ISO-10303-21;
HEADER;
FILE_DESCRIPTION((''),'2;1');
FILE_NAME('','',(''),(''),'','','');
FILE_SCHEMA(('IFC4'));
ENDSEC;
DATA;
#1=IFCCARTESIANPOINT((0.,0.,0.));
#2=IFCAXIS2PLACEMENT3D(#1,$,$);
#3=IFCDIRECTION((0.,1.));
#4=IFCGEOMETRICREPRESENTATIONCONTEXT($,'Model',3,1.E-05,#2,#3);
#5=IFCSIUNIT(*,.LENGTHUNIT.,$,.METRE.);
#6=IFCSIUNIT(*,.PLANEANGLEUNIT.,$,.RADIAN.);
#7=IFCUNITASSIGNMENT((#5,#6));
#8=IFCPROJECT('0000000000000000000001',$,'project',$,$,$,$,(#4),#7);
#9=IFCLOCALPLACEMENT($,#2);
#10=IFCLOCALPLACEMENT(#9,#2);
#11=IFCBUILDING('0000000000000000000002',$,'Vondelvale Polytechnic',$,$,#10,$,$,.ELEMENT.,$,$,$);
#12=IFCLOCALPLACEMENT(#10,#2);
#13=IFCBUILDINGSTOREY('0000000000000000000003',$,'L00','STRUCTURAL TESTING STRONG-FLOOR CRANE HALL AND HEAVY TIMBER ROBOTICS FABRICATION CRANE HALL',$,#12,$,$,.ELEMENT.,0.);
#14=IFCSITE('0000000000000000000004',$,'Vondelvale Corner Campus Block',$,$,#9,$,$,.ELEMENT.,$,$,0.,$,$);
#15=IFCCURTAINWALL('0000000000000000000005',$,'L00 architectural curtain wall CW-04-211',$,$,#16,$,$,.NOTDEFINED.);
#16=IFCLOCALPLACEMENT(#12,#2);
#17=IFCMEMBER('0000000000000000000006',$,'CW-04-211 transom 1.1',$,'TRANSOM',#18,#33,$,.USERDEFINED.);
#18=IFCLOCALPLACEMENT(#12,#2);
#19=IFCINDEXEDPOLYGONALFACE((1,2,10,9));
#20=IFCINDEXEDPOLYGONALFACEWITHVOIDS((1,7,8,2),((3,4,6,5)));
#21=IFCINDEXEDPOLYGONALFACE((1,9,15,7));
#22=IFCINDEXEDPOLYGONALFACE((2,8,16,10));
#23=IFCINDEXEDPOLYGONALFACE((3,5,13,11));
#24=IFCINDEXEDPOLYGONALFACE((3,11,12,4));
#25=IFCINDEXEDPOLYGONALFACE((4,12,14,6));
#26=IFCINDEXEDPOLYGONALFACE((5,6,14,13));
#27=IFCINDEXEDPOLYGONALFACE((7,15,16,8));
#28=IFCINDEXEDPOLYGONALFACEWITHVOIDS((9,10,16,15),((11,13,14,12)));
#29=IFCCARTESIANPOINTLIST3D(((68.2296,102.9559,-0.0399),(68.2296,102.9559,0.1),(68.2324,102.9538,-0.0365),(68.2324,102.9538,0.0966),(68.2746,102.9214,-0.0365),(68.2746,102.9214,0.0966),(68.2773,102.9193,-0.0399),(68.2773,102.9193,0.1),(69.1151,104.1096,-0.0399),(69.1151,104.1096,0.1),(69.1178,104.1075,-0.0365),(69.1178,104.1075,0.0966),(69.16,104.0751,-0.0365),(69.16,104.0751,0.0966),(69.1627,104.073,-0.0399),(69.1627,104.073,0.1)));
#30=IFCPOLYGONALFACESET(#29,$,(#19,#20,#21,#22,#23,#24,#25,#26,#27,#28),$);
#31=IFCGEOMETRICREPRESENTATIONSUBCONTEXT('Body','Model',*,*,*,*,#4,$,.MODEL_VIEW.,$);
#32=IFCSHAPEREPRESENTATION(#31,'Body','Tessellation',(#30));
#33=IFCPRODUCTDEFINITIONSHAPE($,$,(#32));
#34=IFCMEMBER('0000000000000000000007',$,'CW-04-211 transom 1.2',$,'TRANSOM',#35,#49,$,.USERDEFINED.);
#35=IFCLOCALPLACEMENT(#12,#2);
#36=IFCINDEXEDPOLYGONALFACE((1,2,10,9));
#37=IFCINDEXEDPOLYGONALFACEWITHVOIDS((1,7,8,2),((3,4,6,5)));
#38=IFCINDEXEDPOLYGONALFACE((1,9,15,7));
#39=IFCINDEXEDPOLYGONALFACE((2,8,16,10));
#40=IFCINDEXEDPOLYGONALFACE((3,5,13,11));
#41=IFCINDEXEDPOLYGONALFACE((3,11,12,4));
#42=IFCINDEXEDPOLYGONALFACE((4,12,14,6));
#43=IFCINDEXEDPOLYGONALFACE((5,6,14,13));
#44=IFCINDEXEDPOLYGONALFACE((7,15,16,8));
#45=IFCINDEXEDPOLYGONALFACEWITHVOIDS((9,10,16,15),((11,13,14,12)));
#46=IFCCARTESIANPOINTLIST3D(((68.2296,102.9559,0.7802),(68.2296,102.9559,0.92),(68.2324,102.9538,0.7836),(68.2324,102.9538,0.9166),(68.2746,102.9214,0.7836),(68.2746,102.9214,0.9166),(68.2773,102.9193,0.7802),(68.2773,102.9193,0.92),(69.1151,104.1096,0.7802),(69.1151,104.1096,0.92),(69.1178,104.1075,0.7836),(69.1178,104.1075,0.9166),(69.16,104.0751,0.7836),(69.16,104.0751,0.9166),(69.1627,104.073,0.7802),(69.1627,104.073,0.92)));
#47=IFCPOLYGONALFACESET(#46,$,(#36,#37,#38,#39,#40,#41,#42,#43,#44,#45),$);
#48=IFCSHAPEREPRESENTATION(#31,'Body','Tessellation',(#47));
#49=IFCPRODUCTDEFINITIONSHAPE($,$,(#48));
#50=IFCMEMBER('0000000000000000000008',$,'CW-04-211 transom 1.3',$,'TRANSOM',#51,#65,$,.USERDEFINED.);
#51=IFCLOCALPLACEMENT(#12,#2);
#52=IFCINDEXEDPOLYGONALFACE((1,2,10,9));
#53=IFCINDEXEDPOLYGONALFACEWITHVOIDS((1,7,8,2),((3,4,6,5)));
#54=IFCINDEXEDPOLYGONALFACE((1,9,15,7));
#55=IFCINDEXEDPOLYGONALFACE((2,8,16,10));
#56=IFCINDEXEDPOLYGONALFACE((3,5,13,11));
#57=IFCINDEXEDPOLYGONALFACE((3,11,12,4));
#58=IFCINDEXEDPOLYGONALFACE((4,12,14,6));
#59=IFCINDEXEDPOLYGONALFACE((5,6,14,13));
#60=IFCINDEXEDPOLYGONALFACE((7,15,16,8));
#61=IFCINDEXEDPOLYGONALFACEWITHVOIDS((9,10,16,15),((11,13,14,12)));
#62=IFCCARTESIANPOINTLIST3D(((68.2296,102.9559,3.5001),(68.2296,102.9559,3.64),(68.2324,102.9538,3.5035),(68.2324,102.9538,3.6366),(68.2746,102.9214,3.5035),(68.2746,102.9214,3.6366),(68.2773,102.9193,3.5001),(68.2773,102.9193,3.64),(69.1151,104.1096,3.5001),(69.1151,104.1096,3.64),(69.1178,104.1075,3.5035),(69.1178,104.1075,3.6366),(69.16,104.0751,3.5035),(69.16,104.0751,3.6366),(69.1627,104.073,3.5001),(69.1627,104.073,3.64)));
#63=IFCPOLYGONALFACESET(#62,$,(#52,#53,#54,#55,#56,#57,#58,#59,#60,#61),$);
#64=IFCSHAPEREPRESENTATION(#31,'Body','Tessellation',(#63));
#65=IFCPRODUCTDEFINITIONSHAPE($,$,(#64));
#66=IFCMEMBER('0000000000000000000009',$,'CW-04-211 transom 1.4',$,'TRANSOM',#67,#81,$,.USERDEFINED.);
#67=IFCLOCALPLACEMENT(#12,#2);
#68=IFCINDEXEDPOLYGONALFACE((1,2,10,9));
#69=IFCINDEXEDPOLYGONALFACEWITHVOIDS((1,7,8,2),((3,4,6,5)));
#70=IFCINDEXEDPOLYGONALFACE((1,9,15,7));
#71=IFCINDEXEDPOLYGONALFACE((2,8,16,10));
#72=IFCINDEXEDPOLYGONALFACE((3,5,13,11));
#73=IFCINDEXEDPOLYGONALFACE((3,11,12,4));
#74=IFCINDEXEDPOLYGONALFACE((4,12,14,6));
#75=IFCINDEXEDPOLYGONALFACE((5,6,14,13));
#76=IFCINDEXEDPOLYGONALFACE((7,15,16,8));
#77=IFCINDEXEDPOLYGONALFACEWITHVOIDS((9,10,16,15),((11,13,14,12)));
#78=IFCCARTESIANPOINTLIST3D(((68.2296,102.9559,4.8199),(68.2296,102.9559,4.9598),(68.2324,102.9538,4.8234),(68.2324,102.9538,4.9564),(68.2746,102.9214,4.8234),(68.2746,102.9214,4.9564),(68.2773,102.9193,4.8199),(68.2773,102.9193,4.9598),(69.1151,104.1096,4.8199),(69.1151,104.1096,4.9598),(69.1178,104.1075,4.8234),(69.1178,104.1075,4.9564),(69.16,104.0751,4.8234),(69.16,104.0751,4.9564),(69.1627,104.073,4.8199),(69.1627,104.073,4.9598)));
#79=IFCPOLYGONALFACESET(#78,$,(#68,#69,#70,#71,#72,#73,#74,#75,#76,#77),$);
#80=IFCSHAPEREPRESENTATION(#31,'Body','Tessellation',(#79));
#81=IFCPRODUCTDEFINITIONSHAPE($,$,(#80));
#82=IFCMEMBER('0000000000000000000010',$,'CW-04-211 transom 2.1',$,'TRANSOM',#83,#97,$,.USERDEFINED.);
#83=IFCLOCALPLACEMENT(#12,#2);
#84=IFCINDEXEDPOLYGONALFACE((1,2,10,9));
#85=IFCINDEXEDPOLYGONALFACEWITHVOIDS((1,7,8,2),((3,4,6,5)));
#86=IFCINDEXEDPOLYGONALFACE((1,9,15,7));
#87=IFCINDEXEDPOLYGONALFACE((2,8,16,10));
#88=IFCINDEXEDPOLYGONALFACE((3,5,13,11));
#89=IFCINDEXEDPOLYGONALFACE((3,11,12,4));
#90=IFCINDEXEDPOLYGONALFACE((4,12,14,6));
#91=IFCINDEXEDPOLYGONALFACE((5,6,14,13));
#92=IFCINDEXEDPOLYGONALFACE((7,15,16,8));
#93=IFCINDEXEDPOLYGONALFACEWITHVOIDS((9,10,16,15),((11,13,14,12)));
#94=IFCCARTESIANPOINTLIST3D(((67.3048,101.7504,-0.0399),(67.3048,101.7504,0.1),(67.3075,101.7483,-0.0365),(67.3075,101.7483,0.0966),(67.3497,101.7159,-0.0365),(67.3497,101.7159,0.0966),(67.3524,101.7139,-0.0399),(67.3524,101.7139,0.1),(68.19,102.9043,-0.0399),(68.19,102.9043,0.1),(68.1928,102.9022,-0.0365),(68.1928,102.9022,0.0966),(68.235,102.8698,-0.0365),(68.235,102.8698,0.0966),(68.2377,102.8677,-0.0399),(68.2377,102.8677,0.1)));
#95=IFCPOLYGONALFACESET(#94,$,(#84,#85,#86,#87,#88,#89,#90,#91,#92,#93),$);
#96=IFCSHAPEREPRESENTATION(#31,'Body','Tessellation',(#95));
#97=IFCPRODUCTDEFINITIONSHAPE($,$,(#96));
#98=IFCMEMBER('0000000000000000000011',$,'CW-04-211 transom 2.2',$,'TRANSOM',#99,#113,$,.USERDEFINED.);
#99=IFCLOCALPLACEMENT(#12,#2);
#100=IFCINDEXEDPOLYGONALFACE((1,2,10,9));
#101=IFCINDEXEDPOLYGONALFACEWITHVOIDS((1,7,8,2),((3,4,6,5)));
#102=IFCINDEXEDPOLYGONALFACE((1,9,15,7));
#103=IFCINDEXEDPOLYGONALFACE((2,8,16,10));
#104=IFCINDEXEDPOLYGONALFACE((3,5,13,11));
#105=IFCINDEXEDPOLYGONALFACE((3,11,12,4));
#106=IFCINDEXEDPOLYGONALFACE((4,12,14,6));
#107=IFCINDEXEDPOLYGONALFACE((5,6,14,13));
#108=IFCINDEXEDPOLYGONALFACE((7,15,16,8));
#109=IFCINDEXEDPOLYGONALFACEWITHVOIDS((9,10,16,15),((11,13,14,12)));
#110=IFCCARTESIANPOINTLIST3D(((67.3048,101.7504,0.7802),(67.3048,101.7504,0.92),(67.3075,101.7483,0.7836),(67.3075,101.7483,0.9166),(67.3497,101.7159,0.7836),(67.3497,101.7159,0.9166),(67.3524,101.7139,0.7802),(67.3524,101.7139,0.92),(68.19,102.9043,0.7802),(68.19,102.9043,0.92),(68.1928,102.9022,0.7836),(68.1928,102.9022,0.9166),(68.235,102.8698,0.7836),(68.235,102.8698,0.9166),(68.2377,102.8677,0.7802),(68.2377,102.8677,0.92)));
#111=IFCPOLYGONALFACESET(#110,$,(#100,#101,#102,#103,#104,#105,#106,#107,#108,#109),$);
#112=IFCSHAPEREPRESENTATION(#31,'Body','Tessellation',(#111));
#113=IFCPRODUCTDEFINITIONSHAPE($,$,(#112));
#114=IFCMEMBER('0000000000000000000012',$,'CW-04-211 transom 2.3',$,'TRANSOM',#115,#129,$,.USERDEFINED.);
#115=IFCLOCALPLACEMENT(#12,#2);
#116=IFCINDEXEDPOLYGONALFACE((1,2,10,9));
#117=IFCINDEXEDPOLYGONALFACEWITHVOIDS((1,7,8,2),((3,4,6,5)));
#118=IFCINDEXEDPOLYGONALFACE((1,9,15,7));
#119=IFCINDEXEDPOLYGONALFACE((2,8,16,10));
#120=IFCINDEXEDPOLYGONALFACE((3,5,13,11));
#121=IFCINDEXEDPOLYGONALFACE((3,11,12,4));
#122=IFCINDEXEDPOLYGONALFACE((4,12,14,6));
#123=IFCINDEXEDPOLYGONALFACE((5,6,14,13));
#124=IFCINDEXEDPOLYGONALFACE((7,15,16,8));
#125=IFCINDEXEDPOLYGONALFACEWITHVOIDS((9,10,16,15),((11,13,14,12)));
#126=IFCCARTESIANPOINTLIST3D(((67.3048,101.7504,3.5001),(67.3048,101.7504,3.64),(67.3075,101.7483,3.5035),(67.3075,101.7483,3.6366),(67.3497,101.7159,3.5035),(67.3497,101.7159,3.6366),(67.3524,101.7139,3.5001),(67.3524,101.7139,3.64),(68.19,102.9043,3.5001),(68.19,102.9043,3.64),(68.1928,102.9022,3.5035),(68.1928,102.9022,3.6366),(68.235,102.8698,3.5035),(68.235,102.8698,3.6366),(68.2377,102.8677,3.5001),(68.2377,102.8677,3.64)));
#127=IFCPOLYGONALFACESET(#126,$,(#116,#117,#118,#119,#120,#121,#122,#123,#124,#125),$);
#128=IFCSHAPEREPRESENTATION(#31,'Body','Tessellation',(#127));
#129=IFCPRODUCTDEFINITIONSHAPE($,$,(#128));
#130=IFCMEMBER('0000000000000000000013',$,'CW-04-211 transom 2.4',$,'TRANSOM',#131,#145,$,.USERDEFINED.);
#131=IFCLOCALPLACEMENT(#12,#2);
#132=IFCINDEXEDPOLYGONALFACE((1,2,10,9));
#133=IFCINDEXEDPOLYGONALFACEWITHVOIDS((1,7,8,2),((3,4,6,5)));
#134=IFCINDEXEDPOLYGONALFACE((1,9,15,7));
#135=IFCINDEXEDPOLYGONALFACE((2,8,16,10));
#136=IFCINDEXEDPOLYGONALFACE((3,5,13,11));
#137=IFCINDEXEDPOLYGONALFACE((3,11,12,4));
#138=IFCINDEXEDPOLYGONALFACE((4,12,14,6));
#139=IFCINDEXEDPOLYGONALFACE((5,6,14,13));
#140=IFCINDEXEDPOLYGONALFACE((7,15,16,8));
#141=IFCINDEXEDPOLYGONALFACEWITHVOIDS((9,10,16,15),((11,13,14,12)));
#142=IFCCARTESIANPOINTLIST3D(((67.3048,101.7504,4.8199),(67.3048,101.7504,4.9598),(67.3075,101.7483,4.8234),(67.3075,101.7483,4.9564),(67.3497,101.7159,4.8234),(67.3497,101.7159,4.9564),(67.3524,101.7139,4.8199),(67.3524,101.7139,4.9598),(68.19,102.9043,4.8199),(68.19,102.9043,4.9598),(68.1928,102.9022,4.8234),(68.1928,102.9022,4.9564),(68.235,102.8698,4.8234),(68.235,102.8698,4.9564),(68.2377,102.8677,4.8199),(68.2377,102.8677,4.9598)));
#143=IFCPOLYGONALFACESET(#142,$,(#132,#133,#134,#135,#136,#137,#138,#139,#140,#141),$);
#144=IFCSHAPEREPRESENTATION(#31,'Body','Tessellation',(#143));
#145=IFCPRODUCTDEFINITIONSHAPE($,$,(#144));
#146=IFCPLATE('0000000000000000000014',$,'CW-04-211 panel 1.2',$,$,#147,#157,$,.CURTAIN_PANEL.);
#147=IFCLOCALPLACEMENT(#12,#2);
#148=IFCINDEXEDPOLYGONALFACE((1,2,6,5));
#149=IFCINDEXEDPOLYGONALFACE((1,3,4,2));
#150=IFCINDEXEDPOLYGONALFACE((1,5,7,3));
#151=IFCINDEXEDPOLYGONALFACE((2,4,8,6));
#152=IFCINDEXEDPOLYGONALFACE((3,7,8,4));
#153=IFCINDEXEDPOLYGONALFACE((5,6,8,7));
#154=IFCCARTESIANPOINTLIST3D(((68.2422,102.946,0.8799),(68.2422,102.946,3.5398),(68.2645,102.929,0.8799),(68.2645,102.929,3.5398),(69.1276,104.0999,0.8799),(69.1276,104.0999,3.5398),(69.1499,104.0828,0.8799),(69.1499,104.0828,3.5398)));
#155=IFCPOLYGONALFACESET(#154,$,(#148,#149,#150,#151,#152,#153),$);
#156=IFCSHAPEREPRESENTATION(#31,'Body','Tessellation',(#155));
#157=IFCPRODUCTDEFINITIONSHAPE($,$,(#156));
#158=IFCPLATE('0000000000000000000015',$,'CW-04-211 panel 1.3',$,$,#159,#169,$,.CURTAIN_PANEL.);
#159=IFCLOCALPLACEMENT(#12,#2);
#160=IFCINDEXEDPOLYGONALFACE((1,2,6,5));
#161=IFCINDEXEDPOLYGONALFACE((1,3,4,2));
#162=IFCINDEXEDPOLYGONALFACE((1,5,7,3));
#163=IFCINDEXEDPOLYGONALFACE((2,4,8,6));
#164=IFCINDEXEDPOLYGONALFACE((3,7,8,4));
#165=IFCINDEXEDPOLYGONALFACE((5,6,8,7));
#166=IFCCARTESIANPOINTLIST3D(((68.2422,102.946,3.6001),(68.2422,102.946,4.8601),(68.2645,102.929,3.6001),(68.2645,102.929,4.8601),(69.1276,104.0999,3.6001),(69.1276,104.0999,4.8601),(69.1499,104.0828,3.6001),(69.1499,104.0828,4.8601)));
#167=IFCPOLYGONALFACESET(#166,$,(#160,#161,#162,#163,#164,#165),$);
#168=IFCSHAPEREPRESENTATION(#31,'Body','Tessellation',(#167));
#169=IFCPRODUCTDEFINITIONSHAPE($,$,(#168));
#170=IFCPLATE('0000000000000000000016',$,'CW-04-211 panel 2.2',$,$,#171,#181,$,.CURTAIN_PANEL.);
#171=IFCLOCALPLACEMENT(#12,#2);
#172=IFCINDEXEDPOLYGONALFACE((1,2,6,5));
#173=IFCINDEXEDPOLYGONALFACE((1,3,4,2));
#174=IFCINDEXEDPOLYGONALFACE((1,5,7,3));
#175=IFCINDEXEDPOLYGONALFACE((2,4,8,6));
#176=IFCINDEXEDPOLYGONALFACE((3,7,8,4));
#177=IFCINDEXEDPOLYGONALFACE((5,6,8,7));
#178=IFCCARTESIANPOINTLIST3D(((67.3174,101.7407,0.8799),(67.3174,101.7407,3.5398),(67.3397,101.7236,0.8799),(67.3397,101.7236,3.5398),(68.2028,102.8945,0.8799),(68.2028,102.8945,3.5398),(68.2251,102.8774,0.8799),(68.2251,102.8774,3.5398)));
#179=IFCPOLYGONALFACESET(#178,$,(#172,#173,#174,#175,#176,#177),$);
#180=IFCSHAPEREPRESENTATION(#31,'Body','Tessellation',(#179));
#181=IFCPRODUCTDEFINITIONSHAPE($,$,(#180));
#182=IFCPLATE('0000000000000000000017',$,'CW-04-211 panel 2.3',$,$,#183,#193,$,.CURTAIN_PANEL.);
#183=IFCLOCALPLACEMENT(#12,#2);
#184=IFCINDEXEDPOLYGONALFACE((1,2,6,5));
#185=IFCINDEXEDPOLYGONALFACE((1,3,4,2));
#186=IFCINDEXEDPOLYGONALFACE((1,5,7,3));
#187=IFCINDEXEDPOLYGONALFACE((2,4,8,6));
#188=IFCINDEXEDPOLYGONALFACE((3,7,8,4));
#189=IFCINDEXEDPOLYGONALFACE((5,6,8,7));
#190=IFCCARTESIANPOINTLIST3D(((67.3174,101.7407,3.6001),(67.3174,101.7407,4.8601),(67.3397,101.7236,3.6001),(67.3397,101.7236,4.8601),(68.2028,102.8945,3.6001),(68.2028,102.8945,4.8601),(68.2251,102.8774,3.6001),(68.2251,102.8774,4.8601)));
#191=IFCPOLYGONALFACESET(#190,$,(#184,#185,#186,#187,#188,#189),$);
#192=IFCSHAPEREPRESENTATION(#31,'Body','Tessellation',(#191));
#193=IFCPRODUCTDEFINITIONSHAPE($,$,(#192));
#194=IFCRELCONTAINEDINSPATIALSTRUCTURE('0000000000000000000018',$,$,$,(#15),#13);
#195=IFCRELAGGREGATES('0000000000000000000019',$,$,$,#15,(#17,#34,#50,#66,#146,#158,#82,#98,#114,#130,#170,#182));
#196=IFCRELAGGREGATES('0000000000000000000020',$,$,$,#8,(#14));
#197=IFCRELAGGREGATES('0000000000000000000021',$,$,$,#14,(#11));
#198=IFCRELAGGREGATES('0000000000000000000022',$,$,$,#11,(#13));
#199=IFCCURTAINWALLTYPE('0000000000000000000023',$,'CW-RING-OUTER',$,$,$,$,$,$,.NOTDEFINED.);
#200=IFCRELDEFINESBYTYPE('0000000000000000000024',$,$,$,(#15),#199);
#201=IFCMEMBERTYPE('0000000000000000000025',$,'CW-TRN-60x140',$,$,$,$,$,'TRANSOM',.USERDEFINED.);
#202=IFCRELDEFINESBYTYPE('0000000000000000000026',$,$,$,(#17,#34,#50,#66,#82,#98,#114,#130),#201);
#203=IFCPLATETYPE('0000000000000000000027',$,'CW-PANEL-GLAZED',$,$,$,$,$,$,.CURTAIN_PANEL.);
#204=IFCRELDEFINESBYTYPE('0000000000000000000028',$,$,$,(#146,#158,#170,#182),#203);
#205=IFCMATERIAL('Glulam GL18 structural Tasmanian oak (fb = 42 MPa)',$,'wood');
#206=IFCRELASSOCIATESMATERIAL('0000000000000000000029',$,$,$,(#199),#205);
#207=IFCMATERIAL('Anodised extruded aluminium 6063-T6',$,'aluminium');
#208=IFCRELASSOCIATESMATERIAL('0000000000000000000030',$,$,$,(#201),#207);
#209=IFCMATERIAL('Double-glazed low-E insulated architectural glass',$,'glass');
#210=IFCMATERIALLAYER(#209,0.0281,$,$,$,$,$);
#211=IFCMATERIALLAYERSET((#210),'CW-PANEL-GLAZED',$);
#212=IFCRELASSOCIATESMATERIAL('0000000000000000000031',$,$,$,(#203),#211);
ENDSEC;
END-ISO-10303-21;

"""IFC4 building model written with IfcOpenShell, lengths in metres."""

from ifc_helpers import new_model, si_unit, direction, frame, origin, origin_2d, place, context, subcontext, project, spatial, rectangle, hollow_rectangle, extrude, material, layer, layer_set, material_profile, profile_set, type_object, element, aggregate, save


model = new_model("IFC4")

# Units and contexts
model_context = context("Model", 3, precision=1e-05, world=origin(), true_north=direction((0.0, 1.0)))
body_context = subcontext(model_context, "Body", "Model", "MODEL_VIEW")
ifc_project = project(units=[si_unit("LENGTHUNIT", "METRE"), si_unit("PLANEANGLEUNIT", "RADIAN")], contexts=[model_context])

# Site, building, storey
site_placement = place(None, origin())
site = spatial("IfcSite", under=ifc_project, at=site_placement, Name="Vondelvale Corner Campus Block", CompositionType="ELEMENT", RefElevation=0.0)
building_placement = place(site_placement, origin())
building = spatial("IfcBuilding", under=site, at=building_placement, Name="Vondelvale Polytechnic", CompositionType="ELEMENT")
storey_placement = place(building_placement, origin())
storey = spatial("IfcBuildingStorey", under=building, at=storey_placement, Name="L00", Description="STRUCTURAL TESTING STRONG-FLOOR CRANE HALL AND HEAVY TIMBER ROBOTICS FABRICATION CRANE HALL", CompositionType="ELEMENT", Elevation=0.0)

# Shared definitions
ifc_material_1 = material(Name="Glulam GL18 structural Tasmanian oak (fb = 42 MPa)", Category="wood")

# Curtain wall, members, plates
curtain_wall_type = type_object("IfcCurtainWallType", Name="CW-RING-OUTER", PredefinedType="NOTDEFINED", material=ifc_material_1)
curtain_wall_placement = place(storey_placement, origin())
curtain_wall = element("IfcCurtainWall", 1, at=curtain_wall_placement, inside=storey, type_object=curtain_wall_type, Name="L00 architectural curtain wall CW-04-211", PredefinedType="NOTDEFINED")
ifc_material_2 = material(Name="Anodised extruded aluminium 6063-T6", Category="aluminium")
ifc_material_profile_1 = material_profile(ifc_material_2, hollow_rectangle(XDim=0.0601, YDim=0.1399, WallThickness=0.0034, at=origin_2d()), Name="CW-TRN-140x60")
ifc_profile_set_1 = profile_set([ifc_material_profile_1], Name="Anodised extruded aluminium 6063-T6")
member_type_1 = type_object("IfcMemberType", Name="CW-TRN-60x140", ElementType="TRANSOM", PredefinedType="USERDEFINED", material=ifc_profile_set_1)
member_1_placement = place(storey_placement, frame((69.1389, 104.0913, 0.03), z_axis=(-0.608826, -0.793304, 0.0), x_axis=(0.793304, -0.608826, 0.0)))
member_1 = element("IfcMember", 2, at=member_1_placement, type_object=member_type_1, Name="CW-04-211 transom 1.1", ObjectType="TRANSOM", PredefinedType="USERDEFINED", context=body_context, shape_type="SweptSolid", body=[
    extrude(hollow_rectangle(XDim=0.0601, YDim=0.1399, WallThickness=0.0034, at=origin_2d()), origin(), (0.0, 0.0, 1.0), 1.4543),
])
member_2_placement = place(storey_placement, frame((69.1389, 104.0913, 0.8501), z_axis=(-0.608826, -0.793304, 0.0), x_axis=(0.793304, -0.608826, 0.0)))
member_2 = element("IfcMember", 3, at=member_2_placement, type_object=member_type_1, Name="CW-04-211 transom 1.2", ObjectType="TRANSOM", PredefinedType="USERDEFINED", context=body_context, shape_type="SweptSolid", body=[
    extrude(hollow_rectangle(XDim=0.0601, YDim=0.1399, WallThickness=0.0034, at=origin_2d()), origin(), (0.0, 0.0, 1.0), 1.4543),
])
member_3_placement = place(storey_placement, frame((69.1389, 104.0913, 3.5701), z_axis=(-0.608826, -0.793304, 0.0), x_axis=(0.793304, -0.608826, 0.0)))
member_3 = element("IfcMember", 4, at=member_3_placement, type_object=member_type_1, Name="CW-04-211 transom 1.3", ObjectType="TRANSOM", PredefinedType="USERDEFINED", context=body_context, shape_type="SweptSolid", body=[
    extrude(hollow_rectangle(XDim=0.0601, YDim=0.1399, WallThickness=0.0034, at=origin_2d()), origin(), (0.0, 0.0, 1.0), 1.4543),
])
member_4_placement = place(storey_placement, frame((69.1389, 104.0913, 4.8899), z_axis=(-0.608826, -0.793304, 0.0), x_axis=(0.793304, -0.608826, 0.0)))
member_4 = element("IfcMember", 5, at=member_4_placement, type_object=member_type_1, Name="CW-04-211 transom 1.4", ObjectType="TRANSOM", PredefinedType="USERDEFINED", context=body_context, shape_type="SweptSolid", body=[
    extrude(hollow_rectangle(XDim=0.0601, YDim=0.1399, WallThickness=0.0034, at=origin_2d()), origin(), (0.0, 0.0, 1.0), 1.4543),
])
member_5_placement = place(storey_placement, frame((68.2139, 102.886, 0.03), z_axis=(-0.608721, -0.793385, 0.0), x_axis=(0.793385, -0.608721, 0.0)))
member_5 = element("IfcMember", 6, at=member_5_placement, type_object=member_type_1, Name="CW-04-211 transom 2.1", ObjectType="TRANSOM", PredefinedType="USERDEFINED", context=body_context, shape_type="SweptSolid", body=[
    extrude(hollow_rectangle(XDim=0.0601, YDim=0.1399, WallThickness=0.0034, at=origin_2d()), origin(), (0.0, 0.0, 1.0), 1.4543),
])
member_6_placement = place(storey_placement, frame((68.2139, 102.886, 0.8501), z_axis=(-0.608721, -0.793385, 0.0), x_axis=(0.793385, -0.608721, 0.0)))
member_6 = element("IfcMember", 7, at=member_6_placement, type_object=member_type_1, Name="CW-04-211 transom 2.2", ObjectType="TRANSOM", PredefinedType="USERDEFINED", context=body_context, shape_type="SweptSolid", body=[
    extrude(hollow_rectangle(XDim=0.0601, YDim=0.1399, WallThickness=0.0034, at=origin_2d()), origin(), (0.0, 0.0, 1.0), 1.4543),
])
member_7_placement = place(storey_placement, frame((68.2139, 102.886, 3.5701), z_axis=(-0.608721, -0.793385, 0.0), x_axis=(0.793385, -0.608721, 0.0)))
member_7 = element("IfcMember", 8, at=member_7_placement, type_object=member_type_1, Name="CW-04-211 transom 2.3", ObjectType="TRANSOM", PredefinedType="USERDEFINED", context=body_context, shape_type="SweptSolid", body=[
    extrude(hollow_rectangle(XDim=0.0601, YDim=0.1399, WallThickness=0.0034, at=origin_2d()), origin(), (0.0, 0.0, 1.0), 1.4543),
])
member_8_placement = place(storey_placement, frame((68.2139, 102.886, 4.8899), z_axis=(-0.608721, -0.793385, 0.0), x_axis=(0.793385, -0.608721, 0.0)))
member_8 = element("IfcMember", 9, at=member_8_placement, type_object=member_type_1, Name="CW-04-211 transom 2.4", ObjectType="TRANSOM", PredefinedType="USERDEFINED", context=body_context, shape_type="SweptSolid", body=[
    extrude(hollow_rectangle(XDim=0.0601, YDim=0.1399, WallThickness=0.0034, at=origin_2d()), origin(), (0.0, 0.0, 1.0), 1.4543),
])
ifc_material_3 = material(Name="Double-glazed low-E insulated architectural glass", Category="glass")
ifc_layer_1 = layer(ifc_material_3, 0.0281)
ifc_layer_set_1 = layer_set([ifc_layer_1], Name="CW-PANEL-GLAZED")
plate_type_1 = type_object("IfcPlateType", Name="CW-PANEL-GLAZED", PredefinedType="CURTAIN_PANEL", material=ifc_layer_set_1)
plate_1_placement = place(storey_placement, frame((68.696, 103.5144, 0.8799), z_axis=(0.0, 0.0, 1.0), x_axis=(-0.608764, -0.793352, 0.0)))
plate_1 = element("IfcPlate", 10, at=plate_1_placement, type_object=plate_type_1, Name="CW-04-211 panel 1.2", PredefinedType="CURTAIN_PANEL", context=body_context, shape_type="SweptSolid", body=[
    extrude(rectangle(XDim=1.4543, YDim=0.0281, at=origin_2d()), origin(), (0.0, 0.0, 1.0), 2.6599),
])
plate_2_placement = place(storey_placement, frame((68.696, 103.5144, 3.6001), z_axis=(0.0, 0.0, 1.0), x_axis=(-0.608764, -0.793352, 0.0)))
plate_2 = element("IfcPlate", 11, at=plate_2_placement, type_object=plate_type_1, Name="CW-04-211 panel 1.3", PredefinedType="CURTAIN_PANEL", context=body_context, shape_type="SweptSolid", body=[
    extrude(rectangle(XDim=1.4543, YDim=0.0281, at=origin_2d()), origin(), (0.0, 0.0, 1.0), 1.26),
])
plate_3_placement = place(storey_placement, frame((67.7712, 102.3091, 0.8799), z_axis=(0.0, 0.0, 1.0), x_axis=(-0.608764, -0.793352, 0.0)))
plate_3 = element("IfcPlate", 12, at=plate_3_placement, type_object=plate_type_1, Name="CW-04-211 panel 2.2", PredefinedType="CURTAIN_PANEL", context=body_context, shape_type="SweptSolid", body=[
    extrude(rectangle(XDim=1.4543, YDim=0.0281, at=origin_2d()), origin(), (0.0, 0.0, 1.0), 2.6599),
])
plate_4_placement = place(storey_placement, frame((67.7712, 102.3091, 3.6001), z_axis=(0.0, 0.0, 1.0), x_axis=(-0.608764, -0.793352, 0.0)))
plate_4 = element("IfcPlate", 13, at=plate_4_placement, type_object=plate_type_1, Name="CW-04-211 panel 2.3", PredefinedType="CURTAIN_PANEL", context=body_context, shape_type="SweptSolid", body=[
    extrude(rectangle(XDim=1.4543, YDim=0.0281, at=origin_2d()), origin(), (0.0, 0.0, 1.0), 1.26),
])
aggregate(curtain_wall, [member_1, member_2, member_3, member_4, plate_1, plate_2, member_5, member_6, member_7, member_8, plate_3, plate_4])

save(model, "model.ifc")
